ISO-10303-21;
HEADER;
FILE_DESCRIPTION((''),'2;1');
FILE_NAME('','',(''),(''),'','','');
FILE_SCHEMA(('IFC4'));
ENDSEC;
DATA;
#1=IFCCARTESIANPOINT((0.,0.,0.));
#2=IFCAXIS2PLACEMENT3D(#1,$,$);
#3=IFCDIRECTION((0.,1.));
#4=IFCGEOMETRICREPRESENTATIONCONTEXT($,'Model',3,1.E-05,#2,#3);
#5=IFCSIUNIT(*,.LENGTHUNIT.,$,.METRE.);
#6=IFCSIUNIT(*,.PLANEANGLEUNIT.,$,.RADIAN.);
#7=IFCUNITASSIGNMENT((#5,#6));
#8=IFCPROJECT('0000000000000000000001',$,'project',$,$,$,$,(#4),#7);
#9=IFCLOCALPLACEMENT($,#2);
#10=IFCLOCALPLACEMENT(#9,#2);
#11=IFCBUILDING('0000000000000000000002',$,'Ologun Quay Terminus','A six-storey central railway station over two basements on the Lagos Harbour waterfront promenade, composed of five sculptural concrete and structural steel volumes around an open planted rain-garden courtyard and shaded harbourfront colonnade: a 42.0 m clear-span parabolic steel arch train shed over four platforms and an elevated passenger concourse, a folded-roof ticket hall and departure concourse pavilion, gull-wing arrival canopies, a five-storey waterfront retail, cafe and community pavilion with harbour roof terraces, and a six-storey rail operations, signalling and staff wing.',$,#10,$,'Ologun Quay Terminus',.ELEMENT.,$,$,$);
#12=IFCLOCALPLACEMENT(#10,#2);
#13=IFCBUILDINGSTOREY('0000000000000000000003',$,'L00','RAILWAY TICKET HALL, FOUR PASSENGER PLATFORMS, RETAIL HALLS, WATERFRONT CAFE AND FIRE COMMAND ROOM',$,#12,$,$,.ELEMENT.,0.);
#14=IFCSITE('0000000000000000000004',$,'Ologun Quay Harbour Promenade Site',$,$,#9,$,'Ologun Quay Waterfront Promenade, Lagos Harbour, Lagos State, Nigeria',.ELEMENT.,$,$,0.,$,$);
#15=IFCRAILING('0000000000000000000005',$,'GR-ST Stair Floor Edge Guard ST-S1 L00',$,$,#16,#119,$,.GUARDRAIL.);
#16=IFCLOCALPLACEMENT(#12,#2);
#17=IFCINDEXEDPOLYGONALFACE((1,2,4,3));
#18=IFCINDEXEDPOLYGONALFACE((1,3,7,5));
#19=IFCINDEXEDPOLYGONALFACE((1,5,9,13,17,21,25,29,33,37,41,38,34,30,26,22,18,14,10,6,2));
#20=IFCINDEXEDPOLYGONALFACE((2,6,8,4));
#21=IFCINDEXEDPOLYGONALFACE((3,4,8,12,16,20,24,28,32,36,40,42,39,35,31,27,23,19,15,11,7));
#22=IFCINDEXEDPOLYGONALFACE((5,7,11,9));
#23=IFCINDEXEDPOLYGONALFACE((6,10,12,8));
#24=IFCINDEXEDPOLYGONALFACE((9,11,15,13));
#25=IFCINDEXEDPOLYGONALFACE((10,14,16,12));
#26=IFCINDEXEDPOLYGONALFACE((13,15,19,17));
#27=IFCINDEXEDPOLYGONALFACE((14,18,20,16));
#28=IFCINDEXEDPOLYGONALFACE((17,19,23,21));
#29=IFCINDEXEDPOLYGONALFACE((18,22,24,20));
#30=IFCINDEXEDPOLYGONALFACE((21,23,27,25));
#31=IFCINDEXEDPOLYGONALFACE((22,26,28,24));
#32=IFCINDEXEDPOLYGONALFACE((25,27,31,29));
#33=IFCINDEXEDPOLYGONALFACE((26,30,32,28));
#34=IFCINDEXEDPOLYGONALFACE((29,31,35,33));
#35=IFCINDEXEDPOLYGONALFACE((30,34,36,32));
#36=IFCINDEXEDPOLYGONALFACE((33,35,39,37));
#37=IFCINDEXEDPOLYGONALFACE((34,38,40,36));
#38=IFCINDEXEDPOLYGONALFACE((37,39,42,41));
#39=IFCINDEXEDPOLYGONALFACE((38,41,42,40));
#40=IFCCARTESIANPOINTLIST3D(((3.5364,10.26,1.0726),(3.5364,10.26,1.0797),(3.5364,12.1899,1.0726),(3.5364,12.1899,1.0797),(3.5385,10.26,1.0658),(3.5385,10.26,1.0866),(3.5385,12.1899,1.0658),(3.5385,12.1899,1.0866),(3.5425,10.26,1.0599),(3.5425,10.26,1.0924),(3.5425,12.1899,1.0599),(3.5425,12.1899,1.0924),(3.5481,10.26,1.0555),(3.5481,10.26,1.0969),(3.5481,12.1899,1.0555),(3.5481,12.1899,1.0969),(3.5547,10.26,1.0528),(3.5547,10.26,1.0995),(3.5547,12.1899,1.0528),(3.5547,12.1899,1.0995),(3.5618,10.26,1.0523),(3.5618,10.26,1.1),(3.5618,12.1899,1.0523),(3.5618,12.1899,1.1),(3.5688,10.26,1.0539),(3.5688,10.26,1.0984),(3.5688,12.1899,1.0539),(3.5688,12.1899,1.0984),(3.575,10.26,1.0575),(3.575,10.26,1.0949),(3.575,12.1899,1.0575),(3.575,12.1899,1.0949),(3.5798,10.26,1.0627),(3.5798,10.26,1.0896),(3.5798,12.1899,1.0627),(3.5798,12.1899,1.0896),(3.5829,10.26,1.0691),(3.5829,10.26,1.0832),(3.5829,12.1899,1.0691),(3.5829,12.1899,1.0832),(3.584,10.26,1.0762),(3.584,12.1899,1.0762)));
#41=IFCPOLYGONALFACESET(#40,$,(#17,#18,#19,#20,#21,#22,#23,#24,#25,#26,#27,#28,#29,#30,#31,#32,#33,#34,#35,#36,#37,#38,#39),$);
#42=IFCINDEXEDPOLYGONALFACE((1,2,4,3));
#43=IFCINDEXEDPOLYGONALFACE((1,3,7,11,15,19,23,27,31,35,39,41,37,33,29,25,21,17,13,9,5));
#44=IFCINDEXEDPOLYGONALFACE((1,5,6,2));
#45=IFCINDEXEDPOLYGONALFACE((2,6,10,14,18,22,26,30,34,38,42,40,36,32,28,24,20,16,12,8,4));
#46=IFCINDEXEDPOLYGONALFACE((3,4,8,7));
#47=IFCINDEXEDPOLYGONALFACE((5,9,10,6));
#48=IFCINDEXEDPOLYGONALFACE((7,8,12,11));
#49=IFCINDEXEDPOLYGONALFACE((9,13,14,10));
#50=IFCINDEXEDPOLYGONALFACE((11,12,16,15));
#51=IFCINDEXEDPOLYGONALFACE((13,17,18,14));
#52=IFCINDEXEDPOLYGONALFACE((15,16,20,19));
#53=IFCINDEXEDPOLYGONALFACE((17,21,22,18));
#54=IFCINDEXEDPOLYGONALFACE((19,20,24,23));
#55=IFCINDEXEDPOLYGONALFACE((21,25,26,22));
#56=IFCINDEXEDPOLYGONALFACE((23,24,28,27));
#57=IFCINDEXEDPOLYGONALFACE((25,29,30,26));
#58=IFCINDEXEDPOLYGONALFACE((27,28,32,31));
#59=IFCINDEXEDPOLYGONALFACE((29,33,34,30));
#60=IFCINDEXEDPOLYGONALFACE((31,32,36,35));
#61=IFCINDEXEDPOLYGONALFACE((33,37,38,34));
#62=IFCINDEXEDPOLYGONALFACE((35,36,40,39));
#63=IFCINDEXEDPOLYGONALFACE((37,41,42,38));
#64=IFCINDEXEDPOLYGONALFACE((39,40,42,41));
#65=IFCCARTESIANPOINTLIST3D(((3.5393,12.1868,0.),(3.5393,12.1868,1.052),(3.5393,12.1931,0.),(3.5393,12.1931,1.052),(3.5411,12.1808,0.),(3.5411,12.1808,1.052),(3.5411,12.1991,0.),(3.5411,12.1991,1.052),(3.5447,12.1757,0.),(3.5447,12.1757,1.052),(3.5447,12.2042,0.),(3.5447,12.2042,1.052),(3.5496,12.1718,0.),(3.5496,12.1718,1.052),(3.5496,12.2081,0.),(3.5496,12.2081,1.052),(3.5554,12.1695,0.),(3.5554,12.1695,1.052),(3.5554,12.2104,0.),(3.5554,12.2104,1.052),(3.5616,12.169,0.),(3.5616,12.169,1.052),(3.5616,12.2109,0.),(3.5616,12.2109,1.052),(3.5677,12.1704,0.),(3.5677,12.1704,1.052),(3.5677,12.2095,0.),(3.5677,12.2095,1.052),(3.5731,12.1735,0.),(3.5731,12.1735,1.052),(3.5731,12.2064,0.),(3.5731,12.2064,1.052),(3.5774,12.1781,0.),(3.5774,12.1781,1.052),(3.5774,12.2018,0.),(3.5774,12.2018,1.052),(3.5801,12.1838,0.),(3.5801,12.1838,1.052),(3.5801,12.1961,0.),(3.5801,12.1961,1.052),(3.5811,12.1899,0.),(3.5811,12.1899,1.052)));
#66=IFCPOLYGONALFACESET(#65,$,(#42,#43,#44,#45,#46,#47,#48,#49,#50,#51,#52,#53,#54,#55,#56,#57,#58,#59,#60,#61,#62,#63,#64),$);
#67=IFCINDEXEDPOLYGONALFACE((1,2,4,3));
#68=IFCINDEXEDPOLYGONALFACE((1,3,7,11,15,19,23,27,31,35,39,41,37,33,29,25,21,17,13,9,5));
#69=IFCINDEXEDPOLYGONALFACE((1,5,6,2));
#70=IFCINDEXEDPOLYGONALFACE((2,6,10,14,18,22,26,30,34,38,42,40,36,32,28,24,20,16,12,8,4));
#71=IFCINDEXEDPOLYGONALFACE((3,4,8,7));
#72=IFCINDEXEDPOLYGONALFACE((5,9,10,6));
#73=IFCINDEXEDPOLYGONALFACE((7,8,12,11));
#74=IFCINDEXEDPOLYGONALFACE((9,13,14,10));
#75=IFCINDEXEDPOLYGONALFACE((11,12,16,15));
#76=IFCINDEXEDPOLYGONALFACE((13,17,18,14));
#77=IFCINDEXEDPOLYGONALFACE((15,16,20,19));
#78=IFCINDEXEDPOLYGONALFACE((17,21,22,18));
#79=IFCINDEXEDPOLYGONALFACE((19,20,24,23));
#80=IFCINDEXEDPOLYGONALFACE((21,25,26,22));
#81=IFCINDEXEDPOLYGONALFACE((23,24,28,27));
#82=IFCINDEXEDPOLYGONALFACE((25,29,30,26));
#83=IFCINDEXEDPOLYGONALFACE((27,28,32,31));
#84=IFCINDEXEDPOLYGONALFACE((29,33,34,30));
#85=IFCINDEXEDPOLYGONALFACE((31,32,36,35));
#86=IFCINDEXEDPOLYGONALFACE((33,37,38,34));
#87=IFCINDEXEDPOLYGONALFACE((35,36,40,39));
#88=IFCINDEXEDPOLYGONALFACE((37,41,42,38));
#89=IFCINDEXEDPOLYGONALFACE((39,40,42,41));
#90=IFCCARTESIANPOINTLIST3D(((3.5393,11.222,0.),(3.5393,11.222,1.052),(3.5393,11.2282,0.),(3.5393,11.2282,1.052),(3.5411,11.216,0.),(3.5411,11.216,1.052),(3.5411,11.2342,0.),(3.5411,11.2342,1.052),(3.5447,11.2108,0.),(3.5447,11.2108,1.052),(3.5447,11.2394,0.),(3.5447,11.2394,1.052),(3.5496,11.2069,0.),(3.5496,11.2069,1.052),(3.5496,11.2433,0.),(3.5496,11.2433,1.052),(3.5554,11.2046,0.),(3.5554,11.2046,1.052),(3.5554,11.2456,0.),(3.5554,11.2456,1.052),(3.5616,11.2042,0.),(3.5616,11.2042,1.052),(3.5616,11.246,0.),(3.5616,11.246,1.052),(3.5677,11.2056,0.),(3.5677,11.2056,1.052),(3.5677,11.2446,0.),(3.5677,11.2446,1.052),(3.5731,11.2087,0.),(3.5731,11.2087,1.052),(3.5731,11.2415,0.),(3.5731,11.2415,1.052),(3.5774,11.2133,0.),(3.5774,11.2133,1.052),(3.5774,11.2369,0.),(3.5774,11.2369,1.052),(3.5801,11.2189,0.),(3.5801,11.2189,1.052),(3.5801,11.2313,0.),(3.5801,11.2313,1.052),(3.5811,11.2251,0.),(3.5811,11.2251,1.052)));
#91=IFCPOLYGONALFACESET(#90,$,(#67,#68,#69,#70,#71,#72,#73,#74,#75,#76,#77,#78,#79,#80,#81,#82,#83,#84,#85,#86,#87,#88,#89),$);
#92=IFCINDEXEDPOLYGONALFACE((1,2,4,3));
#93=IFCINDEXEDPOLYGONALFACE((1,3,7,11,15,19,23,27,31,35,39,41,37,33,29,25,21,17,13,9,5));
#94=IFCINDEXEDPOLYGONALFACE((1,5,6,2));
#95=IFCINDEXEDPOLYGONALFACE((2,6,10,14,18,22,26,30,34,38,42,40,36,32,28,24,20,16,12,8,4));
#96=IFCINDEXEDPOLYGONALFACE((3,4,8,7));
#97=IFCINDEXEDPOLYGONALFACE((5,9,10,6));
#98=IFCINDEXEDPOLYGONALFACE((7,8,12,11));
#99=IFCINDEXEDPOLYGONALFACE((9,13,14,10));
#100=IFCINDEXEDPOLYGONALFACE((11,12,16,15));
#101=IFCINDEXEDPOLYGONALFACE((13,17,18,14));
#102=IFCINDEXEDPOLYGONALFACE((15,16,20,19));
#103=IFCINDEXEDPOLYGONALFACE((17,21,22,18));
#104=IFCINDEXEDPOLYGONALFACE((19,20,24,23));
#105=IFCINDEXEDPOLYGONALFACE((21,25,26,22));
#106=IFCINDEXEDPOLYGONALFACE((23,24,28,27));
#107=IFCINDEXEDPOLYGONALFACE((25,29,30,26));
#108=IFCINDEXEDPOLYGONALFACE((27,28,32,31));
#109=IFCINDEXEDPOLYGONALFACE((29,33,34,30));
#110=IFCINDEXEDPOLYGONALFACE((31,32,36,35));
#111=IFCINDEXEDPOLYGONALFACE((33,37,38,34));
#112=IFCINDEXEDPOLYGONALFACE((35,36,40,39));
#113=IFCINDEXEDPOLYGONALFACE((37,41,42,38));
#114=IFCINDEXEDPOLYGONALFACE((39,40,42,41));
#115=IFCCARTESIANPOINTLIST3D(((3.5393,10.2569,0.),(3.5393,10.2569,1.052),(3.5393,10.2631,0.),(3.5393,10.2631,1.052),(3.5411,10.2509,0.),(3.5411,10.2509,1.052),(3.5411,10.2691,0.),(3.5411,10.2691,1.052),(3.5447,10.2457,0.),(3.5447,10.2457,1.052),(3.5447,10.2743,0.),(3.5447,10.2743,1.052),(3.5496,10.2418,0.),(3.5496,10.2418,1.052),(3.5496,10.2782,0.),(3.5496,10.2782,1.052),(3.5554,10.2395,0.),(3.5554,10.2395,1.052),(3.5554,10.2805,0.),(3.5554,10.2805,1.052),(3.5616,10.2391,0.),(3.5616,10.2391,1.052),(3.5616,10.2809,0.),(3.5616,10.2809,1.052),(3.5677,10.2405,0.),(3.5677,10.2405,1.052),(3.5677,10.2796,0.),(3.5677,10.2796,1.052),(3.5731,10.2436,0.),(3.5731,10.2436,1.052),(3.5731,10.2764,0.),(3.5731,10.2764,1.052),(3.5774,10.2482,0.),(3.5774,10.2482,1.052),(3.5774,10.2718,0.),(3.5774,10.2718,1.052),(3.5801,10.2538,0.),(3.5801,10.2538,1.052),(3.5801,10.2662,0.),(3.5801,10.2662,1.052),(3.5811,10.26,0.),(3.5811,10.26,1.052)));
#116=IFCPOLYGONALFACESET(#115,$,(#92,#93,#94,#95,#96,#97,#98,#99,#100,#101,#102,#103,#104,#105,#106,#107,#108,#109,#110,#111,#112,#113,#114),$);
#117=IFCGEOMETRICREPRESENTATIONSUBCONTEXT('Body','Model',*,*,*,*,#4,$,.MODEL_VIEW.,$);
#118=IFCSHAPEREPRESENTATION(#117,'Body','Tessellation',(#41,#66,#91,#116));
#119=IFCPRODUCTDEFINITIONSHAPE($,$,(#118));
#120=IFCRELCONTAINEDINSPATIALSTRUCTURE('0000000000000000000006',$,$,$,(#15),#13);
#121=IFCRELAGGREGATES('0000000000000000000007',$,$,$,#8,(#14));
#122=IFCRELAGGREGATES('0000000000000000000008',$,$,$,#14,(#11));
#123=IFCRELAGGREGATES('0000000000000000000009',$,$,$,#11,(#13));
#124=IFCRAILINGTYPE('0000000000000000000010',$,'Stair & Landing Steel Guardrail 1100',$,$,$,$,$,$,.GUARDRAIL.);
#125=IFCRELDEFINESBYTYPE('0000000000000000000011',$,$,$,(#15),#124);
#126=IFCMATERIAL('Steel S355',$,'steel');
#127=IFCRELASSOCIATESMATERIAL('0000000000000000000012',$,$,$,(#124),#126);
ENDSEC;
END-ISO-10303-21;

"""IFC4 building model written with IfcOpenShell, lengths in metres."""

from ifc_helpers import new_model, si_unit, direction, frame, origin, origin_2d, place, context, subcontext, project, spatial, circle, extrude, material, type_object, element, save


model = new_model("IFC4")

# Units and contexts
model_context = context("Model", 3, precision=1e-05, world=origin(), true_north=direction((0.0, 1.0)))
body_context = subcontext(model_context, "Body", "Model", "MODEL_VIEW")
ifc_project = project(units=[si_unit("LENGTHUNIT", "METRE"), si_unit("PLANEANGLEUNIT", "RADIAN")], contexts=[model_context])

# Site, building, storey
site_placement = place(None, origin())
site = spatial("IfcSite", under=ifc_project, at=site_placement, Name="Ologun Quay Harbour Promenade Site", LongName="Ologun Quay Waterfront Promenade, Lagos Harbour, Lagos State, Nigeria", CompositionType="ELEMENT", RefElevation=0.0)
building_placement = place(site_placement, origin())
building = spatial("IfcBuilding", under=site, at=building_placement, Name="Ologun Quay Terminus", Description="A six-storey central railway station over two basements on the Lagos Harbour waterfront promenade, composed of five sculptural concrete and structural steel volumes around an open planted rain-garden courtyard and shaded harbourfront colonnade: a 42.0 m clear-span parabolic steel arch train shed over four platforms and an elevated passenger concourse, a folded-roof ticket hall and departure concourse pavilion, gull-wing arrival canopies, a five-storey waterfront retail, cafe and community pavilion with harbour roof terraces, and a six-storey rail operations, signalling and staff wing.", LongName="Ologun Quay Terminus", CompositionType="ELEMENT")
storey_placement = place(building_placement, origin())
storey = spatial("IfcBuildingStorey", under=building, at=storey_placement, Name="L00", Description="RAILWAY TICKET HALL, FOUR PASSENGER PLATFORMS, RETAIL HALLS, WATERFRONT CAFE AND FIRE COMMAND ROOM", CompositionType="ELEMENT", Elevation=0.0)

# Railing
ifc_material_1 = material(Name="Steel S355", Category="steel")
railing_type_1 = type_object("IfcRailingType", Name="Stair & Landing Steel Guardrail 1100", PredefinedType="GUARDRAIL", material=ifc_material_1)
railing_1_placement = place(storey_placement, frame((3.5601, 12.1899, 0.0)))
element("IfcRailing", 1, at=railing_1_placement, inside=storey, type_object=railing_type_1, Name="GR-ST Stair Floor Edge Guard ST-S1 L00", PredefinedType="GUARDRAIL", context=body_context, shape_type="SweptSolid", body=[
    extrude(circle(Radius=0.0239, at=origin_2d()), frame((0.0, 0.0, 1.0762), z_axis=(0.0, -1.0, 0.0), x_axis=(1.0, 0.0, 0.0)), (0.0, 0.0, 1.0), 1.9299),
    extrude(circle(Radius=0.021, at=origin_2d()), origin(), (0.0, 0.0, 1.0), 1.052),
    extrude(circle(Radius=0.021, at=origin_2d()), frame((0.0, -0.9648, 0.0)), (0.0, 0.0, 1.0), 1.052),
    extrude(circle(Radius=0.021, at=origin_2d()), frame((0.0, -1.9299, 0.0)), (0.0, 0.0, 1.0), 1.052),
])

save(model, "model.ifc")
